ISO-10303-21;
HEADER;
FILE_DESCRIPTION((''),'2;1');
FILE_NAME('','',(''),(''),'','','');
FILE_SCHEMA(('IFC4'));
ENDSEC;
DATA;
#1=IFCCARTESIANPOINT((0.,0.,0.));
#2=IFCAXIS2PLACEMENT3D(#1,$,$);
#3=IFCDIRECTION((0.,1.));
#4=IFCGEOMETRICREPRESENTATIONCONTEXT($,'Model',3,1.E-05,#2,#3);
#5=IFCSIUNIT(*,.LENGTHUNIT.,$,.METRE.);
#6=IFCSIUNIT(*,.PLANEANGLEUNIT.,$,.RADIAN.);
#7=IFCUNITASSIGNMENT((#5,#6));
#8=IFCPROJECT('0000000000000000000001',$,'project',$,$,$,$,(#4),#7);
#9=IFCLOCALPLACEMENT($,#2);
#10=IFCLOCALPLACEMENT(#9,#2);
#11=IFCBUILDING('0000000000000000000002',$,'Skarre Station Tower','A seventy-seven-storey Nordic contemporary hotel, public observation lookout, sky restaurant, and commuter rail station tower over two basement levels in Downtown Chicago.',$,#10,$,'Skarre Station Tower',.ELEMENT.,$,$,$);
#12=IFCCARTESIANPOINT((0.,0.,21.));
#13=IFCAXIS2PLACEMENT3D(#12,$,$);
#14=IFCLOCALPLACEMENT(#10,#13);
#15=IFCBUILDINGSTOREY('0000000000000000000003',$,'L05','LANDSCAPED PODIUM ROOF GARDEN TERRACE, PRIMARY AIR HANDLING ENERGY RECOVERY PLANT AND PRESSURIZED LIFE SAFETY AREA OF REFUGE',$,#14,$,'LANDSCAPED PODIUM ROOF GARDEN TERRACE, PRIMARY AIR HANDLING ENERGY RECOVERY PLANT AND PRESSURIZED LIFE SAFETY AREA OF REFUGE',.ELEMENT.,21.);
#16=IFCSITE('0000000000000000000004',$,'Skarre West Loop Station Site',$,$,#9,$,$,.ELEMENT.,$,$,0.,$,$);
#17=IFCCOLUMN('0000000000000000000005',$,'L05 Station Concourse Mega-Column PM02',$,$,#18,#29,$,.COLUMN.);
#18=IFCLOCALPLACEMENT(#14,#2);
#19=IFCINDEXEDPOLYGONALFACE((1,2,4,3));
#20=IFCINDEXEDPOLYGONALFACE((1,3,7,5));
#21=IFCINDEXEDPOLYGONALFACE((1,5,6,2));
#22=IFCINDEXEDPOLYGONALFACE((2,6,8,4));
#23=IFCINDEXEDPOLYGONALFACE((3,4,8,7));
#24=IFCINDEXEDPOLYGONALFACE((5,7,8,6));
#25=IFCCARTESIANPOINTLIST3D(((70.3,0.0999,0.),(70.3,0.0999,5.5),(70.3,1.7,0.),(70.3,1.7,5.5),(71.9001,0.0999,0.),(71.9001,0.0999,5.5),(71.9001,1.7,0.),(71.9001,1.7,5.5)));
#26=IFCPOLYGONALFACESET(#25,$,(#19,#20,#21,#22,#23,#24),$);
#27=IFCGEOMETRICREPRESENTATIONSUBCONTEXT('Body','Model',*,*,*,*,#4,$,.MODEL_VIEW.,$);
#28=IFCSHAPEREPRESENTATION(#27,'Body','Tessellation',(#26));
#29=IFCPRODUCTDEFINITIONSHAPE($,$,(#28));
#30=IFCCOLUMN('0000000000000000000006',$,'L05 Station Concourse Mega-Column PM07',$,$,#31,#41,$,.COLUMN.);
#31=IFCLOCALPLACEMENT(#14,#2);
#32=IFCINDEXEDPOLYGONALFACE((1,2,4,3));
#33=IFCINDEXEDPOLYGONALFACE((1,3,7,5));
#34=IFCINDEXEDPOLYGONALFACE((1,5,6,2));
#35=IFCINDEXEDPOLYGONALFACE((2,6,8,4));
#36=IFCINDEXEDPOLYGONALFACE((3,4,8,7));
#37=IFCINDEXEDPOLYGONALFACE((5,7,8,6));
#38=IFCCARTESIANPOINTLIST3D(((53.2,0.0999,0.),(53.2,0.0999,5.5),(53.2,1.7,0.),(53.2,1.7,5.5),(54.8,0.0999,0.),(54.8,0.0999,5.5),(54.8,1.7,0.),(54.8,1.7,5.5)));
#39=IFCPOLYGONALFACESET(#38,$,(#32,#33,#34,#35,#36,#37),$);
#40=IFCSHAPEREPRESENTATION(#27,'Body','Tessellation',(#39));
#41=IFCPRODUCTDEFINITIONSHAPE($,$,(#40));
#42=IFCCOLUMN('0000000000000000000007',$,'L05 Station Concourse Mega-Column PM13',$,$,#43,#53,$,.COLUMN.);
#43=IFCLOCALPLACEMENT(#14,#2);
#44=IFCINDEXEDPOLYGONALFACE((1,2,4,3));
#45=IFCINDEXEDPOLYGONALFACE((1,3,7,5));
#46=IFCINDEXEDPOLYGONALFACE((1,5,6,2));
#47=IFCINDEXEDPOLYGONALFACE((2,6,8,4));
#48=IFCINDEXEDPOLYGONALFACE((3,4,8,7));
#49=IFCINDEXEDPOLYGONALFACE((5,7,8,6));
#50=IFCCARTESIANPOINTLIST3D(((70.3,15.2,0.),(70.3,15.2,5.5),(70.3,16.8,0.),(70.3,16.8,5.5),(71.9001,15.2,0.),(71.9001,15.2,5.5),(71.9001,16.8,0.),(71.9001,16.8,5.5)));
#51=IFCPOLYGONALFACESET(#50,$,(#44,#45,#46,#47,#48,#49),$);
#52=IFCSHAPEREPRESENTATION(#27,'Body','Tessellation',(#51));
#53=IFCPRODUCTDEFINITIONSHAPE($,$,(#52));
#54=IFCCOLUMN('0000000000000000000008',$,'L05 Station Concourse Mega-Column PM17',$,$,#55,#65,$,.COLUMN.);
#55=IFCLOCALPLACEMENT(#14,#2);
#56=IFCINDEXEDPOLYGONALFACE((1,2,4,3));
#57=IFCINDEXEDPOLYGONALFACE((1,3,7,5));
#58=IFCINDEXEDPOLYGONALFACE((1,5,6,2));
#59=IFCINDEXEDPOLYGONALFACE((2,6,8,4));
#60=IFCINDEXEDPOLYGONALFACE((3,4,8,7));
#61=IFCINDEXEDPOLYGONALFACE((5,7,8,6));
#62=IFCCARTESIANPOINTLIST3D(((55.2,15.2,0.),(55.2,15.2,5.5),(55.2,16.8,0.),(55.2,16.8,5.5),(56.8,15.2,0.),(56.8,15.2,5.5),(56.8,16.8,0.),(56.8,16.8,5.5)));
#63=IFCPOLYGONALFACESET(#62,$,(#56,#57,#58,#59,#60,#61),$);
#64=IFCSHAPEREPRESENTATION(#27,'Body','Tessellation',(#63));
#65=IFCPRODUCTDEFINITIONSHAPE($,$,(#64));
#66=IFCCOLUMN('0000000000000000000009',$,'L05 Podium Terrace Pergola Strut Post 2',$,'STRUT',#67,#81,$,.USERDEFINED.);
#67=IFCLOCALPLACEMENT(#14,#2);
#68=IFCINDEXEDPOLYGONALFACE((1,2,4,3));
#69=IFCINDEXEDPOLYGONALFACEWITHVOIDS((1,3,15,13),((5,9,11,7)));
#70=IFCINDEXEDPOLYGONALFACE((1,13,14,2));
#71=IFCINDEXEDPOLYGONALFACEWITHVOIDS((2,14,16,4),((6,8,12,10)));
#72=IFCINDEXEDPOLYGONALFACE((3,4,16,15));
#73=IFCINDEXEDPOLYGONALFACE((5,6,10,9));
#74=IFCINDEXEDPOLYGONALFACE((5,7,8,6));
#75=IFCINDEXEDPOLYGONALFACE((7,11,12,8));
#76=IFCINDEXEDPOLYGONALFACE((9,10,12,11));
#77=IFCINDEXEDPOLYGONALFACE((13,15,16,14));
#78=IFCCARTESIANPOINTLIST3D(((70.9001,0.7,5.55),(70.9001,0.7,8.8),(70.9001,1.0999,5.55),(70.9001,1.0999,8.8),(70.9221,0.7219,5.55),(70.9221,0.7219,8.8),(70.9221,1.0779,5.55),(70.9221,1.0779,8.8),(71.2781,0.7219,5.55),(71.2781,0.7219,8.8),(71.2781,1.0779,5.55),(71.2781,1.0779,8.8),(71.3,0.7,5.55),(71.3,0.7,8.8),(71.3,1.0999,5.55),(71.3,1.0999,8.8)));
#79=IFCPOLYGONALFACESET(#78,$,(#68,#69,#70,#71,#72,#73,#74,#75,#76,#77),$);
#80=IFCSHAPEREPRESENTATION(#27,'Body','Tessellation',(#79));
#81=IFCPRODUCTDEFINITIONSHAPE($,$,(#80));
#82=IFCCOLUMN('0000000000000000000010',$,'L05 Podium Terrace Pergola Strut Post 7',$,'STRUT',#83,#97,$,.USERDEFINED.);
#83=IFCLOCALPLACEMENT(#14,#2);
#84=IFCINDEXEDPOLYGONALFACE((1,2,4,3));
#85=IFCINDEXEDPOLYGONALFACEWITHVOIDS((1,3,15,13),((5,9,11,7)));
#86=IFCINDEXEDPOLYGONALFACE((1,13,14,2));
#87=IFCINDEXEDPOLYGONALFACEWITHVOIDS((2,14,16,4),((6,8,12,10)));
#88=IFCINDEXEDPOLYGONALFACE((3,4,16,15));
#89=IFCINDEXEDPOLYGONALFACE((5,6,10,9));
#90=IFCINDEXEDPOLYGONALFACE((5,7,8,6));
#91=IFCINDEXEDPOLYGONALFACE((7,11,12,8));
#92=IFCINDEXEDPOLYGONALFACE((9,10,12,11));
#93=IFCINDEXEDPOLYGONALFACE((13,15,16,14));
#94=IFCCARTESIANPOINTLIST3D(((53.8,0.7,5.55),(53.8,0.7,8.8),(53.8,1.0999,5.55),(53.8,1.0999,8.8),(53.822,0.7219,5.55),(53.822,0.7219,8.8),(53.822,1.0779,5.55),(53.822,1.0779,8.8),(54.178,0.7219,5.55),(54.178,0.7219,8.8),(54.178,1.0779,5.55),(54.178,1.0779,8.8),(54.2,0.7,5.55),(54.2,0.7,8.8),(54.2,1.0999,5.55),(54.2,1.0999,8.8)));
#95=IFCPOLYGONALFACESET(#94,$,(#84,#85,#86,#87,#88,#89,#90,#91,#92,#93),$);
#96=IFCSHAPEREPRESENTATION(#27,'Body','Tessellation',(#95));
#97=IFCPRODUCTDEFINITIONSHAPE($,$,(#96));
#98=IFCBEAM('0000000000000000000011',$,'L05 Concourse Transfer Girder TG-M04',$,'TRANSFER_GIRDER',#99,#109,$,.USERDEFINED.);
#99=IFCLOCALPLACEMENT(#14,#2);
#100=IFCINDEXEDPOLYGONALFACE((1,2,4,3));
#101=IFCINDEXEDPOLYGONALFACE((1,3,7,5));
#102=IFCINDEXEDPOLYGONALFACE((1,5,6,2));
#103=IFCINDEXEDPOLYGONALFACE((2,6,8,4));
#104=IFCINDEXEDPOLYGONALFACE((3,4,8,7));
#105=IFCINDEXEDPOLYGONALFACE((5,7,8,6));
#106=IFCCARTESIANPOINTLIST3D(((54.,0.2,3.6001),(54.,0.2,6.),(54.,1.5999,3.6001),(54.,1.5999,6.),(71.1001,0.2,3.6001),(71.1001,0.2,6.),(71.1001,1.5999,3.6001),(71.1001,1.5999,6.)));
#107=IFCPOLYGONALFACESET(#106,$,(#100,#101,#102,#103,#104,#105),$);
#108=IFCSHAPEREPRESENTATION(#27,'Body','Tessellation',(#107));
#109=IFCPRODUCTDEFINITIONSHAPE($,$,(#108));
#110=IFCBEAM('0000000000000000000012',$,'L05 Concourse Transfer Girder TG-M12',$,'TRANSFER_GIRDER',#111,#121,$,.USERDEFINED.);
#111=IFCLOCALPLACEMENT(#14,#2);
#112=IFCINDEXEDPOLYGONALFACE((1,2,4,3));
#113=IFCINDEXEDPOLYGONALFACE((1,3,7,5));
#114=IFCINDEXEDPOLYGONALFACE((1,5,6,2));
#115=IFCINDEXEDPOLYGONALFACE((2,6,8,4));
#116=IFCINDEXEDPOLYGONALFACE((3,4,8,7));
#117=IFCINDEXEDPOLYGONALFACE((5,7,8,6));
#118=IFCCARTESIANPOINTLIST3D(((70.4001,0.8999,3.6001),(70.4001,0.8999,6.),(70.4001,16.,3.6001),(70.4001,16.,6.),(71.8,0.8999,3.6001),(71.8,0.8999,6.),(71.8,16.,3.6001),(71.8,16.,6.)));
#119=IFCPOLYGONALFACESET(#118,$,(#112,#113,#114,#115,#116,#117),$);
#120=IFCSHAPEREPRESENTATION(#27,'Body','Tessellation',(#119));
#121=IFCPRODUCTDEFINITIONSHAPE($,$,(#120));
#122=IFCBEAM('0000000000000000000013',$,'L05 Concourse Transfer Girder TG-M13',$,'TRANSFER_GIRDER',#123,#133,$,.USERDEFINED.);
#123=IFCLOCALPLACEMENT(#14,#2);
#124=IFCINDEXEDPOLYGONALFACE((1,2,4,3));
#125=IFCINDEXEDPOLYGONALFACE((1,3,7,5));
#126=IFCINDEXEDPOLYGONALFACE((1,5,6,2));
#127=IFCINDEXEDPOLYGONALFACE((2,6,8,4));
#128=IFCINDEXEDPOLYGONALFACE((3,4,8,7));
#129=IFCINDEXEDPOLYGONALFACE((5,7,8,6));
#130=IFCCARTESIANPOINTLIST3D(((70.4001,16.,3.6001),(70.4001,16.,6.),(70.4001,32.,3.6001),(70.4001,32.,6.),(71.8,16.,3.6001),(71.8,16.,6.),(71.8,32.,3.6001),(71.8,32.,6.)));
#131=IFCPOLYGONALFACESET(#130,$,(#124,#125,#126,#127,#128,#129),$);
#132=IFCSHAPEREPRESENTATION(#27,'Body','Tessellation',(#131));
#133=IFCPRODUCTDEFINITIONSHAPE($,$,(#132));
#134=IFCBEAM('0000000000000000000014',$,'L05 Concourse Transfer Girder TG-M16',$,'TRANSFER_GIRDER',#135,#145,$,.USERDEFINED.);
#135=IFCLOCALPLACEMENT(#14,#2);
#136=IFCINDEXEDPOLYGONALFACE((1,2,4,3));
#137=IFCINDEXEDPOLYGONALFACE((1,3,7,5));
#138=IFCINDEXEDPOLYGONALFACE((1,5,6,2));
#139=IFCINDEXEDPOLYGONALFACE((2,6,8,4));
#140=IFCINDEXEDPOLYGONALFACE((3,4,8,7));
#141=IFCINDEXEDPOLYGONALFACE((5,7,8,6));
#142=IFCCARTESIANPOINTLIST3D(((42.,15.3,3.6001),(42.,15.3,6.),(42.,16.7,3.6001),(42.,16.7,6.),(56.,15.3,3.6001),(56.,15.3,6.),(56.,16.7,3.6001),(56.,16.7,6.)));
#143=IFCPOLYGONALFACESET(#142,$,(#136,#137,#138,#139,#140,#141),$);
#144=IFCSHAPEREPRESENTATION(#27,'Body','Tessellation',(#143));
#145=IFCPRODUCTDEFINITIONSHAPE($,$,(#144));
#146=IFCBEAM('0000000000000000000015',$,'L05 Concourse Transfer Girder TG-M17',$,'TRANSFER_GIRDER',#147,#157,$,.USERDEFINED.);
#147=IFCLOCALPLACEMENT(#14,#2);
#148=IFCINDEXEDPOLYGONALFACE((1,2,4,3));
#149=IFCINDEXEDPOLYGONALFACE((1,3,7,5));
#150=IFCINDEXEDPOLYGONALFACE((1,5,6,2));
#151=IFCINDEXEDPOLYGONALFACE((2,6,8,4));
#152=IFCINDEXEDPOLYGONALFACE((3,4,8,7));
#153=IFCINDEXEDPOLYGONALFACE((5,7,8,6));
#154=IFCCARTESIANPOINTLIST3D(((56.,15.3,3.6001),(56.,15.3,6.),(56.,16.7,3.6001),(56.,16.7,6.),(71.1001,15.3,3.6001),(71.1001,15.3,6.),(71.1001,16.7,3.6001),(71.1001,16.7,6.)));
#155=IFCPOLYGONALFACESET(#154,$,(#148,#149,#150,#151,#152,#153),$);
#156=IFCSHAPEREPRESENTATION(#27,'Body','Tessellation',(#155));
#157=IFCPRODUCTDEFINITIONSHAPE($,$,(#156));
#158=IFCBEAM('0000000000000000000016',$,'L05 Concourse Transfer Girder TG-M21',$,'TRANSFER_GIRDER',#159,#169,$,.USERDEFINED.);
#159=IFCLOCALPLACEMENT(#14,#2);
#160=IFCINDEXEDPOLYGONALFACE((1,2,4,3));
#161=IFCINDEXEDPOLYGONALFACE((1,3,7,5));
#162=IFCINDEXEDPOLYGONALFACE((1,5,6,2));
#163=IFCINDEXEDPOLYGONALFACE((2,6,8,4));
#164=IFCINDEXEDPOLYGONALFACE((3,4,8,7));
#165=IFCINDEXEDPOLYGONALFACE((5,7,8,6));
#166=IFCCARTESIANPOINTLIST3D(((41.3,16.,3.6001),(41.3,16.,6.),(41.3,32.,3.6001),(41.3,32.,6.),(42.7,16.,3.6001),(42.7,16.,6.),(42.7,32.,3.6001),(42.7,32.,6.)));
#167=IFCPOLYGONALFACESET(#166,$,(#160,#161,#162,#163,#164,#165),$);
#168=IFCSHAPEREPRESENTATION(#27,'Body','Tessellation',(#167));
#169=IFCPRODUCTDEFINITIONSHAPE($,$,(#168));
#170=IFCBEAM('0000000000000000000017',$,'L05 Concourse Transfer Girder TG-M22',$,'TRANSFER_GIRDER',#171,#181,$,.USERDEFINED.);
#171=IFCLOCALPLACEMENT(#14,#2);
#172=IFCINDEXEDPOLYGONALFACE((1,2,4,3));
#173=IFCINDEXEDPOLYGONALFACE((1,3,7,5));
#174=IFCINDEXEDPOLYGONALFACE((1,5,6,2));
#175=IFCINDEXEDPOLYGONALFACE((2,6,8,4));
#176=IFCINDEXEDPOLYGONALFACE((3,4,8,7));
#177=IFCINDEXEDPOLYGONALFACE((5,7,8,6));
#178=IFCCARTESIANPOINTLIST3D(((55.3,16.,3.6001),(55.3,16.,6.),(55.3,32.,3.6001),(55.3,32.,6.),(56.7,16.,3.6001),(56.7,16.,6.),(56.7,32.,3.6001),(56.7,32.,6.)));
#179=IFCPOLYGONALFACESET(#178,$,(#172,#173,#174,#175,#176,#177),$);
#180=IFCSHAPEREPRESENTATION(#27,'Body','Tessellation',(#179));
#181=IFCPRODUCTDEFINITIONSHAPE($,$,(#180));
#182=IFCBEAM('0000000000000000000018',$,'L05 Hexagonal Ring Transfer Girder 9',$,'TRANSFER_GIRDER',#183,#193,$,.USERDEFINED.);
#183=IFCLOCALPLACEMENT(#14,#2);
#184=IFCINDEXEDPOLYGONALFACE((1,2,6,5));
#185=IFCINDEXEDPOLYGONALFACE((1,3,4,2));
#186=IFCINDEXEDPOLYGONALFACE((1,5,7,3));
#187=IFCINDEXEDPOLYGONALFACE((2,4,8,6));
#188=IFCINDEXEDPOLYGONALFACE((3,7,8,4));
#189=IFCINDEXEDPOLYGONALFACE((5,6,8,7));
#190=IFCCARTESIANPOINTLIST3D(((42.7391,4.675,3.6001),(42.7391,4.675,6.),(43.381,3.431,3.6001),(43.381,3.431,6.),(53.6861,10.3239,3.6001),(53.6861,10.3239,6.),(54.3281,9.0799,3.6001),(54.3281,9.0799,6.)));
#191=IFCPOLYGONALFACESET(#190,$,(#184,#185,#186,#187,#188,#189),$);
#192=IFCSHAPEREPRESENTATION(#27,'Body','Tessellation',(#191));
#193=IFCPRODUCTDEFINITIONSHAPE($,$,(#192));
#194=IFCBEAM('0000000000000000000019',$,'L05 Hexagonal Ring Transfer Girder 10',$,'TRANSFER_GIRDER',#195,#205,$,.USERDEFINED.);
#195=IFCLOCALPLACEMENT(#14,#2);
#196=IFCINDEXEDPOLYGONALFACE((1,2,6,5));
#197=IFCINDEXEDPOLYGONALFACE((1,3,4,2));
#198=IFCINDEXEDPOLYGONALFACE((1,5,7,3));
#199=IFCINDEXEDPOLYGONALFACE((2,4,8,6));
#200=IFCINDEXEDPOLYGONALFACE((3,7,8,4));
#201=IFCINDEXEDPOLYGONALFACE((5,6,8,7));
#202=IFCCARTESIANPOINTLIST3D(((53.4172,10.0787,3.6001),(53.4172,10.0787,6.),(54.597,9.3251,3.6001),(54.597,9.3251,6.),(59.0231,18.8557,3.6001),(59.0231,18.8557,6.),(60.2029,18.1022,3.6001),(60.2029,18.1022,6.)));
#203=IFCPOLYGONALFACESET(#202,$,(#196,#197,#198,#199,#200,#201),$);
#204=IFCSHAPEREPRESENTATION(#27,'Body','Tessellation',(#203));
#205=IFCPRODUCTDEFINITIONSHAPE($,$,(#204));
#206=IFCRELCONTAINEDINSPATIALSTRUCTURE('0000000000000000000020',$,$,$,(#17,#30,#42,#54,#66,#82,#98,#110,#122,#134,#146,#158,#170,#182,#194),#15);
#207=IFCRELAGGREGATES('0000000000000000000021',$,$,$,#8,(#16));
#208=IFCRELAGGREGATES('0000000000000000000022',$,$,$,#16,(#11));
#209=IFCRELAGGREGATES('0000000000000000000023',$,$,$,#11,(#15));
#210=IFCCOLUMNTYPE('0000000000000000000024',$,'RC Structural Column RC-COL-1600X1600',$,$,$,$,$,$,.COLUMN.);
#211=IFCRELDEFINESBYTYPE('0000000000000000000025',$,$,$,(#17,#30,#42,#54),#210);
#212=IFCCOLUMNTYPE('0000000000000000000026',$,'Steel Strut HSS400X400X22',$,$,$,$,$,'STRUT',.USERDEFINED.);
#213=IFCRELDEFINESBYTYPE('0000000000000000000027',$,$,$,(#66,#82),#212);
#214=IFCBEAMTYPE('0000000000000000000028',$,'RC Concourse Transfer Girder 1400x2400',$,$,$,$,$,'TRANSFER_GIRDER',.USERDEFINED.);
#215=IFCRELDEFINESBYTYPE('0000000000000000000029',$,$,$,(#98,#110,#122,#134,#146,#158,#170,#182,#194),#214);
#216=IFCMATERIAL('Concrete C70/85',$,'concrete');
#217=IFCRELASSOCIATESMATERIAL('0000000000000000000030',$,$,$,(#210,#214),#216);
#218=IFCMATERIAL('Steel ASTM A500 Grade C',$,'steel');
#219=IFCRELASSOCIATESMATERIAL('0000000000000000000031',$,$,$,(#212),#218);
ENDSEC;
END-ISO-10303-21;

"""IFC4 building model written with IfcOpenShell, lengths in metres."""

from ifc_helpers import new_model, si_unit, direction, frame, origin, origin_2d, place, context, subcontext, project, spatial, rectangle, hollow_rectangle, extrude, material, material_profile, profile_set, type_object, element, save


model = new_model("IFC4")

# Units and contexts
model_context = context("Model", 3, precision=1e-05, world=origin(), true_north=direction((0.0, 1.0)))
body_context = subcontext(model_context, "Body", "Model", "MODEL_VIEW")
ifc_project = project(units=[si_unit("LENGTHUNIT", "METRE"), si_unit("PLANEANGLEUNIT", "RADIAN")], contexts=[model_context])

# Site, building, storey
site_placement = place(None, origin())
site = spatial("IfcSite", under=ifc_project, at=site_placement, Name="Skarre West Loop Station Site", CompositionType="ELEMENT", RefElevation=0.0)
building_placement = place(site_placement, origin())
building = spatial("IfcBuilding", under=site, at=building_placement, Name="Skarre Station Tower", Description="A seventy-seven-storey Nordic contemporary hotel, public observation lookout, sky restaurant, and commuter rail station tower over two basement levels in Downtown Chicago.", LongName="Skarre Station Tower", CompositionType="ELEMENT")
storey_placement = place(building_placement, frame((0.0, 0.0, 21.0)))
storey = spatial("IfcBuildingStorey", under=building, at=storey_placement, Name="L05", Description="LANDSCAPED PODIUM ROOF GARDEN TERRACE, PRIMARY AIR HANDLING ENERGY RECOVERY PLANT AND PRESSURIZED LIFE SAFETY AREA OF REFUGE", LongName="LANDSCAPED PODIUM ROOF GARDEN TERRACE, PRIMARY AIR HANDLING ENERGY RECOVERY PLANT AND PRESSURIZED LIFE SAFETY AREA OF REFUGE", CompositionType="ELEMENT", Elevation=21.0)

# Columns
ifc_material_1 = material(Name="Concrete C70/85", Category="concrete")
ifc_material_profile_1 = material_profile(ifc_material_1, rectangle(XDim=1.6001, YDim=1.6001, at=origin_2d()), Name="Concrete C70/85")
ifc_profile_set_1 = profile_set([ifc_material_profile_1], Name="Concrete C70/85")
column_type_1 = type_object("IfcColumnType", Name="RC Structural Column RC-COL-1600X1600", PredefinedType="COLUMN", material=ifc_profile_set_1)
for number, where, z_axis, x_axis, name in (
    (1, (71.1001, 0.8999, 0.0), (0.0, 0.0, 1.0), (1.0, 0.0, 0.0), "L05 Station Concourse Mega-Column PM02"),
    (2, (54.0, 0.8999, 0.0), (0.0, 0.0, 1.0), (1.0, 0.0, 0.0), "L05 Station Concourse Mega-Column PM07"),
    (3, (71.1001, 16.0, 0.0), (0.0, 0.0, 1.0), (1.0, 0.0, 0.0), "L05 Station Concourse Mega-Column PM13"),
    (4, (56.0, 16.0, 0.0), (0.0, 0.0, 1.0), (1.0, 0.0, 0.0), "L05 Station Concourse Mega-Column PM17"),
):
    element("IfcColumn", number, at=place(storey_placement, frame(where, z_axis=z_axis, x_axis=x_axis)), inside=storey, type_object=column_type_1, Name=name, PredefinedType="COLUMN", context=body_context, shape_type="SweptSolid", body=[
        extrude(rectangle(XDim=1.6001, YDim=1.6001, at=origin_2d()), origin(), (0.0, 0.0, 1.0), 5.5),
    ])
ifc_material_2 = material(Name="Steel ASTM A500 Grade C", Category="steel")
ifc_material_profile_2 = material_profile(ifc_material_2, hollow_rectangle(XDim=0.3999, YDim=0.3999, WallThickness=0.022, at=origin_2d()), Name="Steel ASTM A500 Grade C")
ifc_profile_set_2 = profile_set([ifc_material_profile_2], Name="Steel ASTM A500 Grade C")
column_type_2 = type_object("IfcColumnType", Name="Steel Strut HSS400X400X22", ElementType="STRUT", PredefinedType="USERDEFINED", material=ifc_profile_set_2)
for number, where, z_axis, x_axis, name in (
    (5, (71.1001, 0.8999, 5.55), (0.0, 0.0, 1.0), (1.0, 0.0, 0.0), "L05 Podium Terrace Pergola Strut Post 2"),
    (6, (54.0, 0.8999, 5.55), (0.0, 0.0, 1.0), (1.0, 0.0, 0.0), "L05 Podium Terrace Pergola Strut Post 7"),
):
    element("IfcColumn", number, at=place(storey_placement, frame(where, z_axis=z_axis, x_axis=x_axis)), inside=storey, type_object=column_type_2, Name=name, ObjectType="STRUT", PredefinedType="USERDEFINED", context=body_context, shape_type="SweptSolid", body=[
        extrude(hollow_rectangle(XDim=0.3999, YDim=0.3999, WallThickness=0.022, at=origin_2d()), origin(), (0.0, 0.0, 1.0), 3.25),
    ])

# Beams
ifc_material_profile_3 = material_profile(ifc_material_1, rectangle(XDim=1.3999, YDim=2.3999, at=origin_2d()), Name="Concrete C70/85")
ifc_profile_set_3 = profile_set([ifc_material_profile_3], Name="Concrete C70/85")
beam_type_1 = type_object("IfcBeamType", Name="RC Concourse Transfer Girder 1400x2400", ElementType="TRANSFER_GIRDER", PredefinedType="USERDEFINED", material=ifc_profile_set_3)
beam_1_placement = place(storey_placement, frame((54.0, 0.8999, 4.8), z_axis=(1.0, 0.0, 0.0), x_axis=(0.0, 1.0, 0.0)))
element("IfcBeam", 7, at=beam_1_placement, inside=storey, type_object=beam_type_1, Name="L05 Concourse Transfer Girder TG-M04", ObjectType="TRANSFER_GIRDER", PredefinedType="USERDEFINED", context=body_context, shape_type="SweptSolid", body=[
    extrude(rectangle(XDim=1.3999, YDim=2.3999, at=origin_2d()), origin(), (0.0, 0.0, 1.0), 17.1001),
])
beam_2_placement = place(storey_placement, frame((71.1001, 0.8999, 4.8), z_axis=(0.0, 1.0, 0.0), x_axis=(-1.0, 0.0, 0.0)))
element("IfcBeam", 8, at=beam_2_placement, inside=storey, type_object=beam_type_1, Name="L05 Concourse Transfer Girder TG-M12", ObjectType="TRANSFER_GIRDER", PredefinedType="USERDEFINED", context=body_context, shape_type="SweptSolid", body=[
    extrude(rectangle(XDim=1.3999, YDim=2.3999, at=origin_2d()), origin(), (0.0, 0.0, 1.0), 15.1001),
])
beam_3_placement = place(storey_placement, frame((71.1001, 16.0, 4.8), z_axis=(0.0, 1.0, 0.0), x_axis=(-1.0, 0.0, 0.0)))
element("IfcBeam", 9, at=beam_3_placement, inside=storey, type_object=beam_type_1, Name="L05 Concourse Transfer Girder TG-M13", ObjectType="TRANSFER_GIRDER", PredefinedType="USERDEFINED", context=body_context, shape_type="SweptSolid", body=[
    extrude(rectangle(XDim=1.3999, YDim=2.3999, at=origin_2d()), origin(), (0.0, 0.0, 1.0), 16.0),
])
beam_4_placement = place(storey_placement, frame((42.0, 16.0, 4.8), z_axis=(1.0, 0.0, 0.0), x_axis=(0.0, 1.0, 0.0)))
element("IfcBeam", 10, at=beam_4_placement, inside=storey, type_object=beam_type_1, Name="L05 Concourse Transfer Girder TG-M16", ObjectType="TRANSFER_GIRDER", PredefinedType="USERDEFINED", context=body_context, shape_type="SweptSolid", body=[
    extrude(rectangle(XDim=1.3999, YDim=2.3999, at=origin_2d()), origin(), (0.0, 0.0, 1.0), 14.0),
])
beam_5_placement = place(storey_placement, frame((56.0, 16.0, 4.8), z_axis=(1.0, 0.0, 0.0), x_axis=(0.0, 1.0, 0.0)))
element("IfcBeam", 11, at=beam_5_placement, inside=storey, type_object=beam_type_1, Name="L05 Concourse Transfer Girder TG-M17", ObjectType="TRANSFER_GIRDER", PredefinedType="USERDEFINED", context=body_context, shape_type="SweptSolid", body=[
    extrude(rectangle(XDim=1.3999, YDim=2.3999, at=origin_2d()), origin(), (0.0, 0.0, 1.0), 15.1001),
])
for number, where, z_axis, x_axis, name in (
    (12, (42.0, 16.0, 4.8), (0.0, 1.0, 0.0), (-1.0, 0.0, 0.0), "L05 Concourse Transfer Girder TG-M21"),
    (13, (56.0, 16.0, 4.8), (0.0, 1.0, 0.0), (-1.0, 0.0, 0.0), "L05 Concourse Transfer Girder TG-M22"),
):
    element("IfcBeam", number, at=place(storey_placement, frame(where, z_axis=z_axis, x_axis=x_axis)), inside=storey, type_object=beam_type_1, Name=name, ObjectType="TRANSFER_GIRDER", PredefinedType="USERDEFINED", context=body_context, shape_type="SweptSolid", body=[
        extrude(rectangle(XDim=1.3999, YDim=2.3999, at=origin_2d()), origin(), (0.0, 0.0, 1.0), 16.0),
    ])
beam_6_placement = place(storey_placement, frame((43.0601, 4.053, 4.8), z_axis=(0.888659, 0.458569, 0.0), x_axis=(-0.458569, 0.888659, 0.0)))
element("IfcBeam", 14, at=beam_6_placement, inside=storey, type_object=beam_type_1, Name="L05 Hexagonal Ring Transfer Girder 9", ObjectType="TRANSFER_GIRDER", PredefinedType="USERDEFINED", context=body_context, shape_type="SweptSolid", body=[
    extrude(rectangle(XDim=1.3999, YDim=2.3999, at=origin_2d()), origin(), (0.0, 0.0, 1.0), 12.3186),
])
beam_7_placement = place(storey_placement, frame((54.0071, 9.7019, 4.8), z_axis=(0.538278, 0.842767, 0.0), x_axis=(-0.842767, 0.538278, 0.0)))
element("IfcBeam", 15, at=beam_7_placement, inside=storey, type_object=beam_type_1, Name="L05 Hexagonal Ring Transfer Girder 10", ObjectType="TRANSFER_GIRDER", PredefinedType="USERDEFINED", context=body_context, shape_type="SweptSolid", body=[
    extrude(rectangle(XDim=1.3999, YDim=2.3999, at=origin_2d()), origin(), (0.0, 0.0, 1.0), 10.4146),
])

save(model, "model.ifc")
